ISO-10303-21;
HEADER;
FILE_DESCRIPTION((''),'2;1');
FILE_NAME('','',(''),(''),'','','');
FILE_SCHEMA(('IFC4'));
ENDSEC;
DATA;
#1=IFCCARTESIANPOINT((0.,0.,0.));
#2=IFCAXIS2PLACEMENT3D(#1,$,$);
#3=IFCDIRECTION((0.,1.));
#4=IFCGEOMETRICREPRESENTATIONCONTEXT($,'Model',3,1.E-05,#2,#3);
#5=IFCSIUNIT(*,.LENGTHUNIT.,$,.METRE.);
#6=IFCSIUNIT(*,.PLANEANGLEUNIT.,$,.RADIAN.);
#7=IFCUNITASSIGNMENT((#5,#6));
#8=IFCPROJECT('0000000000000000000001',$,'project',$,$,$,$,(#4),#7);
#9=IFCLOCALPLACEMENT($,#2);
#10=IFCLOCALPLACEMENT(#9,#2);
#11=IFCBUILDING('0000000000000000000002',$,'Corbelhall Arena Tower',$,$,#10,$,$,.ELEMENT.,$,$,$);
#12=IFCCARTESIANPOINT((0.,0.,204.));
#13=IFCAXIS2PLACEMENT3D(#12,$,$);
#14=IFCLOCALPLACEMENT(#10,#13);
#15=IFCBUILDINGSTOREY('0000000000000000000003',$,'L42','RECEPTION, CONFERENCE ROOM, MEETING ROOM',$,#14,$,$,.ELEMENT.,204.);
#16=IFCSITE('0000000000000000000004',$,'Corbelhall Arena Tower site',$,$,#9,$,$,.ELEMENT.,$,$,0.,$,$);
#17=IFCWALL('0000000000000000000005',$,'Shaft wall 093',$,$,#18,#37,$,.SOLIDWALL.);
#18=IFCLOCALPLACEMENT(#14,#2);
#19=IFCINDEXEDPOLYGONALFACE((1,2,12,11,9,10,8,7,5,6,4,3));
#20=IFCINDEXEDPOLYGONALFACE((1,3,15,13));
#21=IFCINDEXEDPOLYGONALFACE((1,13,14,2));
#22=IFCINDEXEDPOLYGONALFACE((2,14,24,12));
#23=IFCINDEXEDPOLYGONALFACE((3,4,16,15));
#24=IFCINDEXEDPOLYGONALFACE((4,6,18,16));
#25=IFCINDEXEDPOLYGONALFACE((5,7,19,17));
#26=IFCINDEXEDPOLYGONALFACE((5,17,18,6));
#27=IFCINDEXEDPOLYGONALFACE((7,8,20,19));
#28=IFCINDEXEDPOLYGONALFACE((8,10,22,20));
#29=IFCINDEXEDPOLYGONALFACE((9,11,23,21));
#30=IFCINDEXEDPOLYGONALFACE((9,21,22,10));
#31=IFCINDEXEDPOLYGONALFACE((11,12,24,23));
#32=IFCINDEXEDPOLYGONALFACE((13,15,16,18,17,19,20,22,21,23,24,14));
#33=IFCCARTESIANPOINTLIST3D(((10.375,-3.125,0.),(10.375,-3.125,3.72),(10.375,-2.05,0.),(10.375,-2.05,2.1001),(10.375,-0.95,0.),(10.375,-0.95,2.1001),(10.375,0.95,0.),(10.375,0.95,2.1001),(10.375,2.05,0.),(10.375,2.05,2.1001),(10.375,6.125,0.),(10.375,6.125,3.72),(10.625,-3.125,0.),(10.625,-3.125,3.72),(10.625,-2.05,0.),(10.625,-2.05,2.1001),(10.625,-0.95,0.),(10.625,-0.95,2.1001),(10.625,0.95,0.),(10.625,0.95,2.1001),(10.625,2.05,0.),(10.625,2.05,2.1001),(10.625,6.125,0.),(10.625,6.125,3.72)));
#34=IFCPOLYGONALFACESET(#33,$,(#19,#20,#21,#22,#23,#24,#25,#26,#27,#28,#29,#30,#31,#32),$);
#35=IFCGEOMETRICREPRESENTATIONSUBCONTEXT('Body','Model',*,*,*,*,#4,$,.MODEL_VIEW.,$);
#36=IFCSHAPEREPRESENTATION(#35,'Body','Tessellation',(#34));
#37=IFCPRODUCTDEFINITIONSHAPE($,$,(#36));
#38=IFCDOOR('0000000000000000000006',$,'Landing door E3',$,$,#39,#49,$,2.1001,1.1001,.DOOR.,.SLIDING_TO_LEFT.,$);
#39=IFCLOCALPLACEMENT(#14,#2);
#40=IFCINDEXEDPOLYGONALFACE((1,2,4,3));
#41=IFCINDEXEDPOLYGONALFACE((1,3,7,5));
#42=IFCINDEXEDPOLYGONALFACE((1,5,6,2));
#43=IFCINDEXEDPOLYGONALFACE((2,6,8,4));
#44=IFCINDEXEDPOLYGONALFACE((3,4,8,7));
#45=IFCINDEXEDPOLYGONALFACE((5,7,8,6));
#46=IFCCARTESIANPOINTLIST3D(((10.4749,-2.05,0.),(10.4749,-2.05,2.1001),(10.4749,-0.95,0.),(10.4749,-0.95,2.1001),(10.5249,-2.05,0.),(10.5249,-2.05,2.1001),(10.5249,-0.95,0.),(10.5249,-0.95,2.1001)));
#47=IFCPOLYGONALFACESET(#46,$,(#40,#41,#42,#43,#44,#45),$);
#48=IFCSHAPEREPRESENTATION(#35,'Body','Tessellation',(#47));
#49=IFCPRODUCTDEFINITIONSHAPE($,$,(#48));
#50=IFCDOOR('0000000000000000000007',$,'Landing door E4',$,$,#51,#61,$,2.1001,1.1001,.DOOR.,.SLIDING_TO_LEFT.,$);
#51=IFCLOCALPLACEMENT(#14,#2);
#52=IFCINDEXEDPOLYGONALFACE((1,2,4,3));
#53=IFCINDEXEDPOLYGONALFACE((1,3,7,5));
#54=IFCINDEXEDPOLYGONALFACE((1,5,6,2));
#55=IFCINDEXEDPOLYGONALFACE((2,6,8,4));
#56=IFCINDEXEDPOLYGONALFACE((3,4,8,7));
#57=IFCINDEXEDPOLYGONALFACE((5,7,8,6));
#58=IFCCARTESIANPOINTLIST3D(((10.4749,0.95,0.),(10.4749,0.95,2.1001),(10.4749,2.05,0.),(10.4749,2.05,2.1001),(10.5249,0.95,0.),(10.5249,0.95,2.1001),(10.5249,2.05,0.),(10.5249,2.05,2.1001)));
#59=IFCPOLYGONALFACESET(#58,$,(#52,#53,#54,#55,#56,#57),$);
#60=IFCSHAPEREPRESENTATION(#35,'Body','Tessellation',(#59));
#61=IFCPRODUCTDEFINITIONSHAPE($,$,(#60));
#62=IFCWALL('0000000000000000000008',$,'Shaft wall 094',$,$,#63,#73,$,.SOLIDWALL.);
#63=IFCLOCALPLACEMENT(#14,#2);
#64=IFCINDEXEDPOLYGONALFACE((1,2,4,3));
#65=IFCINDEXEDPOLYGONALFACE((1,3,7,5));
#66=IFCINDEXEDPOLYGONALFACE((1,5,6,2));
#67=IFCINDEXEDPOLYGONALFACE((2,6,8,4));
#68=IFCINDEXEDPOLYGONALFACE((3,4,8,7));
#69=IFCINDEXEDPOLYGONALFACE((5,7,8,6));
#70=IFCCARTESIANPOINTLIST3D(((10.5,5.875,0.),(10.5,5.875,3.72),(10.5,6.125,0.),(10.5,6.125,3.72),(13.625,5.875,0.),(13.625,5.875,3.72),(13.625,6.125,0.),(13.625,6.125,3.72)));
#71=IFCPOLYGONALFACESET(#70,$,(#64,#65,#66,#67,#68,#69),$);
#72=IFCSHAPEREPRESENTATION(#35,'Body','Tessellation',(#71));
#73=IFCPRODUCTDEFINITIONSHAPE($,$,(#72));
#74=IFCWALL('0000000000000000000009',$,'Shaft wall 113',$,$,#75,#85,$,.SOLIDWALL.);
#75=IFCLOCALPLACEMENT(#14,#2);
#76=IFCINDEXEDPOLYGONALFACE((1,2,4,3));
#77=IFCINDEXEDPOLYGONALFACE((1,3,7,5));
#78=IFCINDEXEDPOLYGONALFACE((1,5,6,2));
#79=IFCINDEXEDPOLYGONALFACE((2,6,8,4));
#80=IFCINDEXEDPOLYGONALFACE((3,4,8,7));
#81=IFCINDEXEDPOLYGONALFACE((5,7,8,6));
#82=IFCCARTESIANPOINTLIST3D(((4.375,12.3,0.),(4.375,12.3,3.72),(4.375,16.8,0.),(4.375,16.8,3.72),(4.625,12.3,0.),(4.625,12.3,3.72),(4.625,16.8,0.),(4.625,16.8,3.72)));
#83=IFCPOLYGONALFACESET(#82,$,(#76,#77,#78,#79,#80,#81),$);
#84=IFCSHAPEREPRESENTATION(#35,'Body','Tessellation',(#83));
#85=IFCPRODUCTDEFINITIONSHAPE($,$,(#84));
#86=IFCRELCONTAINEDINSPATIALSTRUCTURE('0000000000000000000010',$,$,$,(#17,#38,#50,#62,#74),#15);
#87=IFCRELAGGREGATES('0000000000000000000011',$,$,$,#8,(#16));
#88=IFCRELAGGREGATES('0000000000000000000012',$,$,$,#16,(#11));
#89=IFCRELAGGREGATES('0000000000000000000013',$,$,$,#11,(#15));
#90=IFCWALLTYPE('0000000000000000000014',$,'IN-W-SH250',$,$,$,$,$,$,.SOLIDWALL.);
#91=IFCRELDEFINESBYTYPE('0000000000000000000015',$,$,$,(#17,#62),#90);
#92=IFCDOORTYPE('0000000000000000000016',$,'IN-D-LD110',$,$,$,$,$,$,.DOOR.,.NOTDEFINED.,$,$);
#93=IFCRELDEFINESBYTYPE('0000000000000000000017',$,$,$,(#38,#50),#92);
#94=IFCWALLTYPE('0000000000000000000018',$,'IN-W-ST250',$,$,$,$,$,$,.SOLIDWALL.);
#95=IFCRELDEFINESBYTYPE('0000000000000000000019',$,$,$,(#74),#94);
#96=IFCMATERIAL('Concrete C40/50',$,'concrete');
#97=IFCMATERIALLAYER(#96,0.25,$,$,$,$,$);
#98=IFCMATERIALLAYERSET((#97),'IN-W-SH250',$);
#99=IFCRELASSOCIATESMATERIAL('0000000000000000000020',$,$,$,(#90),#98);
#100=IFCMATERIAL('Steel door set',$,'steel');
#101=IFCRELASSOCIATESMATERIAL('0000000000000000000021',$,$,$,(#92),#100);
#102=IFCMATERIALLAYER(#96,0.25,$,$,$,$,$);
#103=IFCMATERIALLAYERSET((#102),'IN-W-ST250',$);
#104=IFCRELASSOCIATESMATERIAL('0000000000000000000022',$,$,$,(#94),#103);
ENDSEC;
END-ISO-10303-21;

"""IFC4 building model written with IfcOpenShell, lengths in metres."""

from ifc_helpers import new_model, si_unit, direction, frame, frame_2d, origin, place, context, subcontext, project, spatial, rectangle, extrude, material, layer, layer_set, type_object, element, fill, save


model = new_model("IFC4")

# Units and contexts
model_context = context("Model", 3, precision=1e-05, world=origin(), true_north=direction((0.0, 1.0)))
body_context = subcontext(model_context, "Body", "Model", "MODEL_VIEW")
ifc_project = project(units=[si_unit("LENGTHUNIT", "METRE"), si_unit("PLANEANGLEUNIT", "RADIAN")], contexts=[model_context])

# Site, building, storey
site_placement = place(None, origin())
site = spatial("IfcSite", under=ifc_project, at=site_placement, Name="Corbelhall Arena Tower site", CompositionType="ELEMENT", RefElevation=0.0)
building_placement = place(site_placement, origin())
building = spatial("IfcBuilding", under=site, at=building_placement, Name="Corbelhall Arena Tower", CompositionType="ELEMENT")
storey_placement = place(building_placement, frame((0.0, 0.0, 204.0)))
storey = spatial("IfcBuildingStorey", under=building, at=storey_placement, Name="L42", Description="RECEPTION, CONFERENCE ROOM, MEETING ROOM", CompositionType="ELEMENT", Elevation=204.0)

# Shared definitions
ifc_material_1 = material(Name="Steel door set", Category="steel")

# Shared definitions
ifc_material_2 = material(Name="Concrete C40/50", Category="concrete")
ifc_layer_1 = layer(ifc_material_2, 0.25)
ifc_layer_set_1 = layer_set([ifc_layer_1], Name="IN-W-SH250")
wall_type_1 = type_object("IfcWallType", Name="IN-W-SH250", PredefinedType="SOLIDWALL", material=ifc_layer_set_1)

# Wall, openings, doors
wall_1_placement = place(storey_placement, frame((10.5, 6.125, 0.0), z_axis=(0.0, 0.0, 1.0), x_axis=(0.0, -1.0, 0.0)))
wall_1 = element("IfcWall", 1, at=wall_1_placement, inside=storey, type_object=wall_type_1, Name="Shaft wall 093", PredefinedType="SOLIDWALL", context=body_context, shape_type="SweptSolid", body=[
    extrude(rectangle(XDim=9.25, YDim=0.25, at=frame_2d((4.625, 0.0))), origin(), (0.0, 0.0, 1.0), 3.72),
])
opening_1_placement = place(wall_1_placement, frame((7.075, 0.0, 0.0)))
opening_1 = element("IfcOpeningElement", 2, at=opening_1_placement, cuts=wall_1, PredefinedType="OPENING", context=body_context, shape_type="SweptSolid", body=[
    extrude(rectangle(XDim=1.1001, YDim=2.1001, at=frame_2d((0.55, 1.05))), frame((0.0, 0.125, 0.0), z_axis=(0.0, -1.0, 0.0), x_axis=(1.0, 0.0, 0.0)), (0.0, 0.0, 1.0), 0.25),
])
opening_2_placement = place(wall_1_placement, frame((4.075, 0.0, 0.0)))
opening_2 = element("IfcOpeningElement", 3, at=opening_2_placement, cuts=wall_1, PredefinedType="OPENING", context=body_context, shape_type="SweptSolid", body=[
    extrude(rectangle(XDim=1.1001, YDim=2.1001, at=frame_2d((0.55, 1.05))), frame((0.0, 0.125, 0.0), z_axis=(0.0, -1.0, 0.0), x_axis=(1.0, 0.0, 0.0)), (0.0, 0.0, 1.0), 0.25),
])
door_type_1 = type_object("IfcDoorType", Name="IN-D-LD110", OperationType="NOTDEFINED", PredefinedType="DOOR", material=ifc_material_1)
door_1_placement = place(opening_1_placement, origin())
door_1 = element("IfcDoor", 4, at=door_1_placement, inside=storey, type_object=door_type_1, Name="Landing door E3", OperationType="SLIDING_TO_LEFT", OverallHeight=2.1001, OverallWidth=1.1001, PredefinedType="DOOR", context=body_context, shape_type="SweptSolid", body=[
    extrude(rectangle(XDim=1.1001, YDim=2.1001, at=frame_2d((0.55, 1.05))), frame((0.0, 0.0249, 0.0), z_axis=(0.0, -1.0, 0.0), x_axis=(1.0, 0.0, 0.0)), (0.0, 0.0, 1.0), 0.05),
])
fill(opening_1, door_1)
door_2_placement = place(opening_2_placement, origin())
door_2 = element("IfcDoor", 5, at=door_2_placement, inside=storey, type_object=door_type_1, Name="Landing door E4", OperationType="SLIDING_TO_LEFT", OverallHeight=2.1001, OverallWidth=1.1001, PredefinedType="DOOR", context=body_context, shape_type="SweptSolid", body=[
    extrude(rectangle(XDim=1.1001, YDim=2.1001, at=frame_2d((0.55, 1.05))), frame((0.0, 0.0249, 0.0), z_axis=(0.0, -1.0, 0.0), x_axis=(1.0, 0.0, 0.0)), (0.0, 0.0, 1.0), 0.05),
])
fill(opening_2, door_2)

# Walls
wall_2_placement = place(storey_placement, frame((10.5, 6.0, 0.0), z_axis=(0.0, 0.0, 1.0), x_axis=(1.0, 0.0, 0.0)))
element("IfcWall", 6, at=wall_2_placement, inside=storey, type_object=wall_type_1, Name="Shaft wall 094", PredefinedType="SOLIDWALL", context=body_context, shape_type="SweptSolid", body=[
    extrude(rectangle(XDim=3.125, YDim=0.25, at=frame_2d((1.5625, 0.0))), origin(), (0.0, 0.0, 1.0), 3.72),
])
ifc_layer_2 = layer(ifc_material_2, 0.25)
ifc_layer_set_2 = layer_set([ifc_layer_2], Name="IN-W-ST250")
wall_type_2 = type_object("IfcWallType", Name="IN-W-ST250", PredefinedType="SOLIDWALL", material=ifc_layer_set_2)
wall_3_placement = place(storey_placement, frame((4.5, 12.3, 0.0), z_axis=(0.0, 0.0, 1.0), x_axis=(0.0, 1.0, 0.0)))
element("IfcWall", 7, at=wall_3_placement, inside=storey, type_object=wall_type_2, Name="Shaft wall 113", PredefinedType="SOLIDWALL", context=body_context, shape_type="SweptSolid", body=[
    extrude(rectangle(XDim=4.5, YDim=0.25, at=frame_2d((2.25, 0.0))), origin(), (0.0, 0.0, 1.0), 3.72),
])

save(model, "model.ifc")
